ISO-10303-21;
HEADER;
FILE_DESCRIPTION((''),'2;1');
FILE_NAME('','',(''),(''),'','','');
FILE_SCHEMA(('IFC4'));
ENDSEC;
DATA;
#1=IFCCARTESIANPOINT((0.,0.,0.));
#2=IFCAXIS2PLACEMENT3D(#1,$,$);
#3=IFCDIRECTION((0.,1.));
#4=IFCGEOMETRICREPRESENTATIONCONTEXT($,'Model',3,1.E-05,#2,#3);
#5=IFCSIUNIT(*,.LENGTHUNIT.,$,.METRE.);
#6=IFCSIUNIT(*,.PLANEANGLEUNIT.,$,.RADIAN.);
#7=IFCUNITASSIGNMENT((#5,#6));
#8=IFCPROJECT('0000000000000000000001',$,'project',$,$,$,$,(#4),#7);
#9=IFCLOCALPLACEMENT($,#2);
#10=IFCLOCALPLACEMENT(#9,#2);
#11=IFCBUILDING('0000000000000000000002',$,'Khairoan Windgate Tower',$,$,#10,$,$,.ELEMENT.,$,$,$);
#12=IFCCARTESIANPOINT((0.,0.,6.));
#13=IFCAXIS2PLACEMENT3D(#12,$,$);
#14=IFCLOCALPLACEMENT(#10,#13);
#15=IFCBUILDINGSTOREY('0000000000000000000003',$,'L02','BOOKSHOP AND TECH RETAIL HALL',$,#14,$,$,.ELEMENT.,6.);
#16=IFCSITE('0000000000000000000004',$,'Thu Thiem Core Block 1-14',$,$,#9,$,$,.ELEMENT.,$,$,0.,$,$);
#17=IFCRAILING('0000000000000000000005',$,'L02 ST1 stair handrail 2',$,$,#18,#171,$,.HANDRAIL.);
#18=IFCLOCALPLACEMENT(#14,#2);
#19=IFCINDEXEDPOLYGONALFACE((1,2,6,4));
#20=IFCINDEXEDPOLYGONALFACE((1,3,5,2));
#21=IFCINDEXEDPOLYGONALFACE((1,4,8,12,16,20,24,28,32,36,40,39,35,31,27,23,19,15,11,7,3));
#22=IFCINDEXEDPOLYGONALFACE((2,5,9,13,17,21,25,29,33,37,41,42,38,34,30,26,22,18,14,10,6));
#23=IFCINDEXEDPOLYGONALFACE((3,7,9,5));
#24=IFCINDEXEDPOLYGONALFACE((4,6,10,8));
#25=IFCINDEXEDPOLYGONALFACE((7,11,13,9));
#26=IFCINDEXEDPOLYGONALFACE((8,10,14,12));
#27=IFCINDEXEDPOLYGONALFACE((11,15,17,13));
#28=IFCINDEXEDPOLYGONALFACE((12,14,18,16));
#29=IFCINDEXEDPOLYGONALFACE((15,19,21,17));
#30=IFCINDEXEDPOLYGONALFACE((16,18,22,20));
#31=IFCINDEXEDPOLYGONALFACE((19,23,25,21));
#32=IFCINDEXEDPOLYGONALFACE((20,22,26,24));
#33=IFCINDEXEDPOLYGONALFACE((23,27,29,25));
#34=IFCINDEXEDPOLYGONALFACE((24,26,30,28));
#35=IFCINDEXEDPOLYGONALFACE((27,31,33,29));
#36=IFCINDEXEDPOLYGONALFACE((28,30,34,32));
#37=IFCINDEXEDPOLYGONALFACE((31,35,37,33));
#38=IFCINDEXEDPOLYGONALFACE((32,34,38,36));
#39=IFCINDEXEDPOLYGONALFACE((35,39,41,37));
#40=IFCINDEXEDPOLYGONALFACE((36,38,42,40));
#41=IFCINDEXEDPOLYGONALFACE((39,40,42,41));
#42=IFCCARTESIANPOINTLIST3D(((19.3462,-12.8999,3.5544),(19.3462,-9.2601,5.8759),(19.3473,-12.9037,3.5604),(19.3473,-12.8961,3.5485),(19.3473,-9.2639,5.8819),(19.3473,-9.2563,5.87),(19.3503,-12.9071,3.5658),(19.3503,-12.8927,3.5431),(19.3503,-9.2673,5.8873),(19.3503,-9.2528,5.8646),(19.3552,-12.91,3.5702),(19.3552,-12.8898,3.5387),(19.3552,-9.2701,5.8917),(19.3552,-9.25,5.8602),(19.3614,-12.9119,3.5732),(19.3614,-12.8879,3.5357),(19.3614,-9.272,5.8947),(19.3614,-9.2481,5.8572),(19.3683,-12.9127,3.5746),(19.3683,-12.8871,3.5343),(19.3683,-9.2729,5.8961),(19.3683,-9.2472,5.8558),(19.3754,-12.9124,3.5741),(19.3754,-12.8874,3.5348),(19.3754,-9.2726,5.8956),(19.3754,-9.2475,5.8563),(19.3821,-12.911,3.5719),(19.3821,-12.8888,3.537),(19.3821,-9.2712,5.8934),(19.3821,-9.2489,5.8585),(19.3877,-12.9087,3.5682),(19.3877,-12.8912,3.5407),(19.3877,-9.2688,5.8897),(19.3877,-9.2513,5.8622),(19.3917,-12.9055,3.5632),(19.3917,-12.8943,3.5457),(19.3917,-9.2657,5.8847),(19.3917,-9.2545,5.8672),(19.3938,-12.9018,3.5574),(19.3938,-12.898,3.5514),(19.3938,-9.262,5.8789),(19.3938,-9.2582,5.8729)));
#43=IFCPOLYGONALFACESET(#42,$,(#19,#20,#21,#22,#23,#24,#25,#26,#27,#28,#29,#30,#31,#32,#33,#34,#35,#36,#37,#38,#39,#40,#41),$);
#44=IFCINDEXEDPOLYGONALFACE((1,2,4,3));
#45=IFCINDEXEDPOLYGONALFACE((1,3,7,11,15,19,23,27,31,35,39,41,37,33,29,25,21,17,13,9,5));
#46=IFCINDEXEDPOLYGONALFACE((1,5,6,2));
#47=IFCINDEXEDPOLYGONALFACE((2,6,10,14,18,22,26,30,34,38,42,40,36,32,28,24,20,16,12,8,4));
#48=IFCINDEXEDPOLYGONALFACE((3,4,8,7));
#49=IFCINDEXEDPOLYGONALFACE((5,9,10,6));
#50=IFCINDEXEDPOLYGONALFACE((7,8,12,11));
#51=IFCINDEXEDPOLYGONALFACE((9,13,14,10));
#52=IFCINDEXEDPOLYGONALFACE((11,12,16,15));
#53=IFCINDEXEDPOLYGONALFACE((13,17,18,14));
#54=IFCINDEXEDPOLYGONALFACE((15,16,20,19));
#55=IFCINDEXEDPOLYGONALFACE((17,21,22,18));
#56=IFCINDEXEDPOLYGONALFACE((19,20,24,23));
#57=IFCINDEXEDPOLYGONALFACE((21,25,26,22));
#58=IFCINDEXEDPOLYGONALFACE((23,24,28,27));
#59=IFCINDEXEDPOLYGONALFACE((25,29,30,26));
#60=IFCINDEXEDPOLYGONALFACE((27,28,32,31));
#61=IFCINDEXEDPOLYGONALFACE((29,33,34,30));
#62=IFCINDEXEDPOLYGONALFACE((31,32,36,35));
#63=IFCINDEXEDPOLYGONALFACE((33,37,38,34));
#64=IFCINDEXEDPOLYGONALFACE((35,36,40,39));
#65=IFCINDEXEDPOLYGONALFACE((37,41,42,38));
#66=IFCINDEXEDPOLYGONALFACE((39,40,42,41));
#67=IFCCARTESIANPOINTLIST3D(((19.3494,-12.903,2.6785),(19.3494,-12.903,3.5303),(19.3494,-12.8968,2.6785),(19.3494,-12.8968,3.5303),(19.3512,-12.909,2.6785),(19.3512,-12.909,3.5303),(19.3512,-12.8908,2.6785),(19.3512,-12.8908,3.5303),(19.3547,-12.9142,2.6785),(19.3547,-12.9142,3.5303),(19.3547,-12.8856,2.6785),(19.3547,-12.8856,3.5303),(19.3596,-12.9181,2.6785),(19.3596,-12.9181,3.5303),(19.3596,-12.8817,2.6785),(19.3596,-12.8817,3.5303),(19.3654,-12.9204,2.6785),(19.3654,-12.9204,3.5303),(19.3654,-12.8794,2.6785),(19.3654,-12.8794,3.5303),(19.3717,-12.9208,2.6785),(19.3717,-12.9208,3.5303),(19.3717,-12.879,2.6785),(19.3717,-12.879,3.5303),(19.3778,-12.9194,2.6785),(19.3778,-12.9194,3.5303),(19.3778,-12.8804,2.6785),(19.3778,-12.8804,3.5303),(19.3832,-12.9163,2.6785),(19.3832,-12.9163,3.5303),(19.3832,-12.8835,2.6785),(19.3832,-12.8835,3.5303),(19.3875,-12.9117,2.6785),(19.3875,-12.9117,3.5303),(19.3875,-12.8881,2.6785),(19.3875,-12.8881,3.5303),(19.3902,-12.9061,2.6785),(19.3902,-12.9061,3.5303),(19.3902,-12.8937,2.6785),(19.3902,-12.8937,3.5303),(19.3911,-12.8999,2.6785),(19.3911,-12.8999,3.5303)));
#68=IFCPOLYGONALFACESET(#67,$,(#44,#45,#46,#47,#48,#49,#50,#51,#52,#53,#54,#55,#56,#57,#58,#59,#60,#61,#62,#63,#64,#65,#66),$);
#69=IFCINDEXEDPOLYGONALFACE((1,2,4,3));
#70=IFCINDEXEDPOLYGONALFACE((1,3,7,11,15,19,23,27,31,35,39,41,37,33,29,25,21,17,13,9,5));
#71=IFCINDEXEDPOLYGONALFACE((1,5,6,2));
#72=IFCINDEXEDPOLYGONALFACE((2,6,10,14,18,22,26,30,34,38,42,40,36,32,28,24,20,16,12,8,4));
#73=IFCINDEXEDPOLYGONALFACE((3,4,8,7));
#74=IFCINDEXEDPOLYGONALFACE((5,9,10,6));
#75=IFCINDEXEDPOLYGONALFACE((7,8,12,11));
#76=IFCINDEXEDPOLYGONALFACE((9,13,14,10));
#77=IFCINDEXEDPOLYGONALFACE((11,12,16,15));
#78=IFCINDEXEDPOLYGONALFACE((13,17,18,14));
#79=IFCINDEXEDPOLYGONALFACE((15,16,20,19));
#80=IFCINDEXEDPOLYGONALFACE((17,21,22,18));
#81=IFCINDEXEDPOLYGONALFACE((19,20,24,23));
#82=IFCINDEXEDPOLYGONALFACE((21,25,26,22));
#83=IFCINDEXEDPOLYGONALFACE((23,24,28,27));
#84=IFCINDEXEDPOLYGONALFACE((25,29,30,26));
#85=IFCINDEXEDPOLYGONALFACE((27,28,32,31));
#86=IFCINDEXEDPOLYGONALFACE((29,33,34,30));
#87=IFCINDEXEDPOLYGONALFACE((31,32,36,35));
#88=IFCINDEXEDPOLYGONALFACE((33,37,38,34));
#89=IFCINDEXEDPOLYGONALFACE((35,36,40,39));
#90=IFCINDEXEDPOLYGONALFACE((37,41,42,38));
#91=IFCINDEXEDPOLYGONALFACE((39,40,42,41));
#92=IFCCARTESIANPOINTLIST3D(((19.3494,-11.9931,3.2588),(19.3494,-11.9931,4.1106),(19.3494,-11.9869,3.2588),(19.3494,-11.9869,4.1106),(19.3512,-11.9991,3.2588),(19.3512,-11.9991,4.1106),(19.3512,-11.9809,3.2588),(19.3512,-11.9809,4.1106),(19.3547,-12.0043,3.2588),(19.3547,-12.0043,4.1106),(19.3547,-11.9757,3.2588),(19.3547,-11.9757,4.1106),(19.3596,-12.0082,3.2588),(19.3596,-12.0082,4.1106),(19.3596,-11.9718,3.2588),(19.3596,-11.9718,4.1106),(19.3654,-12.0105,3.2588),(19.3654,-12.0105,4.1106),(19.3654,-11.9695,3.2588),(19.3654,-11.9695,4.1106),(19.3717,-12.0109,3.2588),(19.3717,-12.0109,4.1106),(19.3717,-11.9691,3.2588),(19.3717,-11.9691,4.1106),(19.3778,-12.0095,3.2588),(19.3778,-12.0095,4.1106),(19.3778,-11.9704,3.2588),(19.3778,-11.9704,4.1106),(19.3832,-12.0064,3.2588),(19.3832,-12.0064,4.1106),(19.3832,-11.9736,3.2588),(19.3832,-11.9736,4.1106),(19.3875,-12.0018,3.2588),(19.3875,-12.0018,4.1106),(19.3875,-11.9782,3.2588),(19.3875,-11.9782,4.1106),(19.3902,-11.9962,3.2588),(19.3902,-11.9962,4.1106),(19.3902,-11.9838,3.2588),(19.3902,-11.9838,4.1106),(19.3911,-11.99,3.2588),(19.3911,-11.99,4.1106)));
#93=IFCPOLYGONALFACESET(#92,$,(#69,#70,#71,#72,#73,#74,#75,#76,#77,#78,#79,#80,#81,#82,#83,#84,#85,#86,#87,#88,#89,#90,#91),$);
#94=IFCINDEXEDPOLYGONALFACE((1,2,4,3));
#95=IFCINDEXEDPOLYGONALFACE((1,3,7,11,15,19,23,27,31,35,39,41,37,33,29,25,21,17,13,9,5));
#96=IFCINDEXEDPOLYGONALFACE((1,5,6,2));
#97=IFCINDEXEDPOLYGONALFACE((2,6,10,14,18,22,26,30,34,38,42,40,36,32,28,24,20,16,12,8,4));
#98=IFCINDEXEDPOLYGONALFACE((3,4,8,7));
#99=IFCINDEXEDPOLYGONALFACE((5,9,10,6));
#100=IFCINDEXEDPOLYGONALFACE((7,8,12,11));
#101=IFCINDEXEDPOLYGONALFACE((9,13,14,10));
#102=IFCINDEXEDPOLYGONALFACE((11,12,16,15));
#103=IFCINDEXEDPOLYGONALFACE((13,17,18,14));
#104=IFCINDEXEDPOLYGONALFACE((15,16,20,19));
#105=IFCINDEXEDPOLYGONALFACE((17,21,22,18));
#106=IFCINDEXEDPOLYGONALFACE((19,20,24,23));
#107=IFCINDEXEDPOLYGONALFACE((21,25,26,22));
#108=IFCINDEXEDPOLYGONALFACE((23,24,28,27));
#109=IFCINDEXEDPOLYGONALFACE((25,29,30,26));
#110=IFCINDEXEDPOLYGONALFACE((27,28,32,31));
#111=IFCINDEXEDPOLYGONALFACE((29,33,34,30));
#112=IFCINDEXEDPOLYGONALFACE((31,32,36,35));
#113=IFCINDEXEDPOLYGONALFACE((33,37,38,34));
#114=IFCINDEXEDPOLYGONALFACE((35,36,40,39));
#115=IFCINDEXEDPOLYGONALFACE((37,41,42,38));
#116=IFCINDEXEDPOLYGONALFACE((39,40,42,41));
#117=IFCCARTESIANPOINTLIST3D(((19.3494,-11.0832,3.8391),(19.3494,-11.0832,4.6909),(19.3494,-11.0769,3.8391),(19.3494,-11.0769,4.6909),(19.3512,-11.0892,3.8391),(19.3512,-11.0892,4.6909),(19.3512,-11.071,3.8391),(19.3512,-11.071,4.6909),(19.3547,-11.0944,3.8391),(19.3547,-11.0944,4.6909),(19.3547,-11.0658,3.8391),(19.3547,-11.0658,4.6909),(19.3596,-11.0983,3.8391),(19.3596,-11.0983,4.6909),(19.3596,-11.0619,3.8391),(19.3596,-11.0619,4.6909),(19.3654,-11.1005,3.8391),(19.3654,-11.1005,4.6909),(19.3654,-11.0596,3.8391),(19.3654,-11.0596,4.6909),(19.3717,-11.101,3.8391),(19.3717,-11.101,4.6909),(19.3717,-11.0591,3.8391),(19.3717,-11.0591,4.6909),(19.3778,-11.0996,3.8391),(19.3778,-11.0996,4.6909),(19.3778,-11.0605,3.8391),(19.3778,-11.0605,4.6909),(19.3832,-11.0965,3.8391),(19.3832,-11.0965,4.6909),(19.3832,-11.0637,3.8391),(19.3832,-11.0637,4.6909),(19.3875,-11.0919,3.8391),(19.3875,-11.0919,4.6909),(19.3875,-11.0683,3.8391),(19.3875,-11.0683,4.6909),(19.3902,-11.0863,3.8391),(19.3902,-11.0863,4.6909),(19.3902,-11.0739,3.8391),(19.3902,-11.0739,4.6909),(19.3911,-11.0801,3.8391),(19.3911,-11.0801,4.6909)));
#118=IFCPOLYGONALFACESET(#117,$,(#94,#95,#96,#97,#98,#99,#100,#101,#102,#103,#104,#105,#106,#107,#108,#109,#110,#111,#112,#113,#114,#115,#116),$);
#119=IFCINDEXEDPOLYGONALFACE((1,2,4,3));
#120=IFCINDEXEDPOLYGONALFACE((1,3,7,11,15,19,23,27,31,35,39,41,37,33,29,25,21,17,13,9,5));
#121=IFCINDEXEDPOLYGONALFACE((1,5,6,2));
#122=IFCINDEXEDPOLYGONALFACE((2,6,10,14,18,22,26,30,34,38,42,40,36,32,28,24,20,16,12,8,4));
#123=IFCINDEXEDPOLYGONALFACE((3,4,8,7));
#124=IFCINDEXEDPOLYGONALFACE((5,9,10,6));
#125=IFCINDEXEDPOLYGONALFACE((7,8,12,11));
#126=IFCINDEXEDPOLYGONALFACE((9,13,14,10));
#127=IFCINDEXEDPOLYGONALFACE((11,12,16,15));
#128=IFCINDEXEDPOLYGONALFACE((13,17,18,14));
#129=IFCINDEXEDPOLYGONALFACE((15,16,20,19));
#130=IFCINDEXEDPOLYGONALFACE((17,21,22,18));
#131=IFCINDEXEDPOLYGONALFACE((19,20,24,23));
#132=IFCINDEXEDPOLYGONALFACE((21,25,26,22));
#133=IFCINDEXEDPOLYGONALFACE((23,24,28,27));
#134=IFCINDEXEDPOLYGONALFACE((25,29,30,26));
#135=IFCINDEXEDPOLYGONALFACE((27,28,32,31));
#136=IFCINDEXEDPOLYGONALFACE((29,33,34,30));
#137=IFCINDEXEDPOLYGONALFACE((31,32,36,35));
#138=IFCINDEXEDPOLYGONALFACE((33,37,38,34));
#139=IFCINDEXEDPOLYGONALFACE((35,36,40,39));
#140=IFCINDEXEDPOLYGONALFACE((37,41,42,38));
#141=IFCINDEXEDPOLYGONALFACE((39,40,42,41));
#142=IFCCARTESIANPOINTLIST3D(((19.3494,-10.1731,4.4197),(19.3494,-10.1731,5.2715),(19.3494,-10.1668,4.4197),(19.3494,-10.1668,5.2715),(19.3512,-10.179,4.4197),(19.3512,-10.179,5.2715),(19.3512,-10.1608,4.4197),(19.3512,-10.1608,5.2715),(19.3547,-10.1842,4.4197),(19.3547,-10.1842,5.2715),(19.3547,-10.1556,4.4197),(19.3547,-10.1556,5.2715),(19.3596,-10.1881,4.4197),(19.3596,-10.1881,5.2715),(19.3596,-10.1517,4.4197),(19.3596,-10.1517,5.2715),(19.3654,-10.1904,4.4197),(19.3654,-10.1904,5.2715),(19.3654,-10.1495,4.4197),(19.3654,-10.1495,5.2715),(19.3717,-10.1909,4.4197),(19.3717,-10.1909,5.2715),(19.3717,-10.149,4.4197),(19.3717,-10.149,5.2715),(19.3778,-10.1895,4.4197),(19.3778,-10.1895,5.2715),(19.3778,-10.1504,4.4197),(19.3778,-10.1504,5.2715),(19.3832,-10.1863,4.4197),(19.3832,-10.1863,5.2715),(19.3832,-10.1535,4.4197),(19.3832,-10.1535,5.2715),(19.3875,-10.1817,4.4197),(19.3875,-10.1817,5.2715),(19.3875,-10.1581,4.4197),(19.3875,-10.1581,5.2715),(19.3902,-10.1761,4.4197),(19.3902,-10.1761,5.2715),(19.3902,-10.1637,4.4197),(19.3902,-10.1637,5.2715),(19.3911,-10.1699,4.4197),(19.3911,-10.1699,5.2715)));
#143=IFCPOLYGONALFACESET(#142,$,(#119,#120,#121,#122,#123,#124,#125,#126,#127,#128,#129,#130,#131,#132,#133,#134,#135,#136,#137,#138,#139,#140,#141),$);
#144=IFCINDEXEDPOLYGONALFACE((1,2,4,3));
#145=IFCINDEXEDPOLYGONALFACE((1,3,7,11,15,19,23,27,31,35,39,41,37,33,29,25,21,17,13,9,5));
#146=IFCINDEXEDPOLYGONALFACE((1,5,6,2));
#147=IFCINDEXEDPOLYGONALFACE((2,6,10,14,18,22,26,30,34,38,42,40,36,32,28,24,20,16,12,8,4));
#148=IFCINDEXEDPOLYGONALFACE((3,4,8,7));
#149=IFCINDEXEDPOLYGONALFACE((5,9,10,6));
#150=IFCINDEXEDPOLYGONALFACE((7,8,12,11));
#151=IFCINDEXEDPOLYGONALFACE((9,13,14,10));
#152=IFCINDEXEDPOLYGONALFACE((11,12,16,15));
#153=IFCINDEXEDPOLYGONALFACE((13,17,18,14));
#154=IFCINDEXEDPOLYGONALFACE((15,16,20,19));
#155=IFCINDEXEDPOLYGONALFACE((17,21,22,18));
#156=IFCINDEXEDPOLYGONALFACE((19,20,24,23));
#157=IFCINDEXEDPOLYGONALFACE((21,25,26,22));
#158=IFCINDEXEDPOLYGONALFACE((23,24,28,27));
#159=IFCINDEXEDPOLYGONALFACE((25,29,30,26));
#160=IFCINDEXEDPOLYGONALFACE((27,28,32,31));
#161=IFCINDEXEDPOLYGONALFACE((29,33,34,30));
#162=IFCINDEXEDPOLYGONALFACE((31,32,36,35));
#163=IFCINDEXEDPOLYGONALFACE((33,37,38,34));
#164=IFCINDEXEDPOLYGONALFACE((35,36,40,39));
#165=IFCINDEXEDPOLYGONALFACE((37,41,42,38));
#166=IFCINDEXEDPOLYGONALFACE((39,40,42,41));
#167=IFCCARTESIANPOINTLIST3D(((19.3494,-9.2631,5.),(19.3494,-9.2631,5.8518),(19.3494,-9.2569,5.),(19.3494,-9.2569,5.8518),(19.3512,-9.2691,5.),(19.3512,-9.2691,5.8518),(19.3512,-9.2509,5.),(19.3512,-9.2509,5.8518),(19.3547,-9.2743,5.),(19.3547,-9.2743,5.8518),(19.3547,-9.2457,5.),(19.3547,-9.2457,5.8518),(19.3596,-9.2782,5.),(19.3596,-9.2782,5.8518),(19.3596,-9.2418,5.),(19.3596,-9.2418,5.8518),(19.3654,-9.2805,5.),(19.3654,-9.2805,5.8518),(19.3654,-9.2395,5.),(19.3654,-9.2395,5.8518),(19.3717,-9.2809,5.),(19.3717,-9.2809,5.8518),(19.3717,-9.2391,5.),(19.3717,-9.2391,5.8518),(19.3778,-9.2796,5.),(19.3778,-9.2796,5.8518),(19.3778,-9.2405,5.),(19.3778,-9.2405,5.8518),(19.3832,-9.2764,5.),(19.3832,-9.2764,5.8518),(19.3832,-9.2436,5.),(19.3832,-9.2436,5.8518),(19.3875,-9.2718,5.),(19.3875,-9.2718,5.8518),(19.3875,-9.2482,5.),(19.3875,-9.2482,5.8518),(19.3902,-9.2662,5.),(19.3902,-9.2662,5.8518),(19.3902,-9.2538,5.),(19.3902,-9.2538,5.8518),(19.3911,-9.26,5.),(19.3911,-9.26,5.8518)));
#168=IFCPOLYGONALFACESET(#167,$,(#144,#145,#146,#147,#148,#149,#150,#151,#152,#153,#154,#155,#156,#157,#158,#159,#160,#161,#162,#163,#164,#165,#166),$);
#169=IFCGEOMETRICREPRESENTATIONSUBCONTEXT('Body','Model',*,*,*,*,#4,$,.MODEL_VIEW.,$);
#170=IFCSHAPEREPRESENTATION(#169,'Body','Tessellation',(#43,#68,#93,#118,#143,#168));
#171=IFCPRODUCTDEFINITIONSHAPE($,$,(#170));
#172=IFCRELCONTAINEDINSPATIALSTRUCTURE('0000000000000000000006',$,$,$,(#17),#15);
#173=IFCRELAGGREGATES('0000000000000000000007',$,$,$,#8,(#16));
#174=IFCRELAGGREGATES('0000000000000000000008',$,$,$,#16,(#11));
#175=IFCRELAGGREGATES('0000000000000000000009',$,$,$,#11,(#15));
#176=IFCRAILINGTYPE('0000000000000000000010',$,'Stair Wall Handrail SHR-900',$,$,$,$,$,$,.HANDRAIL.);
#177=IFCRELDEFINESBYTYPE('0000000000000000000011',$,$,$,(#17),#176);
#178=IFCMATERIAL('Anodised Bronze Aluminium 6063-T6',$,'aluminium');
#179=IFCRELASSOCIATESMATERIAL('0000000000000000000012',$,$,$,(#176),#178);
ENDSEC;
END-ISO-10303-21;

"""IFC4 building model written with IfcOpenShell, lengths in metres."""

from ifc_helpers import new_model, si_unit, direction, frame, origin, origin_2d, place, context, subcontext, project, spatial, circle, extrude, material, type_object, element, save


model = new_model("IFC4")

# Units and contexts
model_context = context("Model", 3, precision=1e-05, world=origin(), true_north=direction((0.0, 1.0)))
body_context = subcontext(model_context, "Body", "Model", "MODEL_VIEW")
ifc_project = project(units=[si_unit("LENGTHUNIT", "METRE"), si_unit("PLANEANGLEUNIT", "RADIAN")], contexts=[model_context])

# Site, building, storey
site_placement = place(None, origin())
site = spatial("IfcSite", under=ifc_project, at=site_placement, Name="Thu Thiem Core Block 1-14", CompositionType="ELEMENT", RefElevation=0.0)
building_placement = place(site_placement, origin())
building = spatial("IfcBuilding", under=site, at=building_placement, Name="Khairoan Windgate Tower", CompositionType="ELEMENT")
storey_placement = place(building_placement, frame((0.0, 0.0, 6.0)))
storey = spatial("IfcBuildingStorey", under=building, at=storey_placement, Name="L02", Description="BOOKSHOP AND TECH RETAIL HALL", CompositionType="ELEMENT", Elevation=6.0)

# Railing
ifc_material_1 = material(Name="Anodised Bronze Aluminium 6063-T6", Category="aluminium")
railing_type_1 = type_object("IfcRailingType", Name="Stair Wall Handrail SHR-900", PredefinedType="HANDRAIL", material=ifc_material_1)
railing_1_placement = place(storey_placement, frame((19.3701, -12.8999, 2.6785)))
element("IfcRailing", 1, at=railing_1_placement, inside=storey, type_object=railing_type_1, Name="L02 ST1 stair handrail 2", PredefinedType="HANDRAIL", context=body_context, shape_type="SweptSolid", body=[
    extrude(circle(Radius=0.0239, at=origin_2d()), frame((0.0, 0.0, 0.876), z_axis=(0.0, 0.843112, 0.537739), x_axis=(-1.0, 0.0, 0.0)), (0.0, 0.0, 1.0), 4.3171),
    extrude(circle(Radius=0.021, at=origin_2d()), origin(), (0.0, 0.0, 1.0), 0.8518),
    extrude(circle(Radius=0.021, at=origin_2d()), frame((0.0, 0.9099, 0.5803)), (0.0, 0.0, 1.0), 0.8518),
    extrude(circle(Radius=0.021, at=origin_2d()), frame((0.0, 1.8198, 1.1606)), (0.0, 0.0, 1.0), 0.8518),
    extrude(circle(Radius=0.021, at=origin_2d()), frame((0.0, 2.73, 1.7412)), (0.0, 0.0, 1.0), 0.8518),
    extrude(circle(Radius=0.021, at=origin_2d()), frame((0.0, 3.6399, 2.3215)), (0.0, 0.0, 1.0), 0.8518),
])

save(model, "model.ifc")
